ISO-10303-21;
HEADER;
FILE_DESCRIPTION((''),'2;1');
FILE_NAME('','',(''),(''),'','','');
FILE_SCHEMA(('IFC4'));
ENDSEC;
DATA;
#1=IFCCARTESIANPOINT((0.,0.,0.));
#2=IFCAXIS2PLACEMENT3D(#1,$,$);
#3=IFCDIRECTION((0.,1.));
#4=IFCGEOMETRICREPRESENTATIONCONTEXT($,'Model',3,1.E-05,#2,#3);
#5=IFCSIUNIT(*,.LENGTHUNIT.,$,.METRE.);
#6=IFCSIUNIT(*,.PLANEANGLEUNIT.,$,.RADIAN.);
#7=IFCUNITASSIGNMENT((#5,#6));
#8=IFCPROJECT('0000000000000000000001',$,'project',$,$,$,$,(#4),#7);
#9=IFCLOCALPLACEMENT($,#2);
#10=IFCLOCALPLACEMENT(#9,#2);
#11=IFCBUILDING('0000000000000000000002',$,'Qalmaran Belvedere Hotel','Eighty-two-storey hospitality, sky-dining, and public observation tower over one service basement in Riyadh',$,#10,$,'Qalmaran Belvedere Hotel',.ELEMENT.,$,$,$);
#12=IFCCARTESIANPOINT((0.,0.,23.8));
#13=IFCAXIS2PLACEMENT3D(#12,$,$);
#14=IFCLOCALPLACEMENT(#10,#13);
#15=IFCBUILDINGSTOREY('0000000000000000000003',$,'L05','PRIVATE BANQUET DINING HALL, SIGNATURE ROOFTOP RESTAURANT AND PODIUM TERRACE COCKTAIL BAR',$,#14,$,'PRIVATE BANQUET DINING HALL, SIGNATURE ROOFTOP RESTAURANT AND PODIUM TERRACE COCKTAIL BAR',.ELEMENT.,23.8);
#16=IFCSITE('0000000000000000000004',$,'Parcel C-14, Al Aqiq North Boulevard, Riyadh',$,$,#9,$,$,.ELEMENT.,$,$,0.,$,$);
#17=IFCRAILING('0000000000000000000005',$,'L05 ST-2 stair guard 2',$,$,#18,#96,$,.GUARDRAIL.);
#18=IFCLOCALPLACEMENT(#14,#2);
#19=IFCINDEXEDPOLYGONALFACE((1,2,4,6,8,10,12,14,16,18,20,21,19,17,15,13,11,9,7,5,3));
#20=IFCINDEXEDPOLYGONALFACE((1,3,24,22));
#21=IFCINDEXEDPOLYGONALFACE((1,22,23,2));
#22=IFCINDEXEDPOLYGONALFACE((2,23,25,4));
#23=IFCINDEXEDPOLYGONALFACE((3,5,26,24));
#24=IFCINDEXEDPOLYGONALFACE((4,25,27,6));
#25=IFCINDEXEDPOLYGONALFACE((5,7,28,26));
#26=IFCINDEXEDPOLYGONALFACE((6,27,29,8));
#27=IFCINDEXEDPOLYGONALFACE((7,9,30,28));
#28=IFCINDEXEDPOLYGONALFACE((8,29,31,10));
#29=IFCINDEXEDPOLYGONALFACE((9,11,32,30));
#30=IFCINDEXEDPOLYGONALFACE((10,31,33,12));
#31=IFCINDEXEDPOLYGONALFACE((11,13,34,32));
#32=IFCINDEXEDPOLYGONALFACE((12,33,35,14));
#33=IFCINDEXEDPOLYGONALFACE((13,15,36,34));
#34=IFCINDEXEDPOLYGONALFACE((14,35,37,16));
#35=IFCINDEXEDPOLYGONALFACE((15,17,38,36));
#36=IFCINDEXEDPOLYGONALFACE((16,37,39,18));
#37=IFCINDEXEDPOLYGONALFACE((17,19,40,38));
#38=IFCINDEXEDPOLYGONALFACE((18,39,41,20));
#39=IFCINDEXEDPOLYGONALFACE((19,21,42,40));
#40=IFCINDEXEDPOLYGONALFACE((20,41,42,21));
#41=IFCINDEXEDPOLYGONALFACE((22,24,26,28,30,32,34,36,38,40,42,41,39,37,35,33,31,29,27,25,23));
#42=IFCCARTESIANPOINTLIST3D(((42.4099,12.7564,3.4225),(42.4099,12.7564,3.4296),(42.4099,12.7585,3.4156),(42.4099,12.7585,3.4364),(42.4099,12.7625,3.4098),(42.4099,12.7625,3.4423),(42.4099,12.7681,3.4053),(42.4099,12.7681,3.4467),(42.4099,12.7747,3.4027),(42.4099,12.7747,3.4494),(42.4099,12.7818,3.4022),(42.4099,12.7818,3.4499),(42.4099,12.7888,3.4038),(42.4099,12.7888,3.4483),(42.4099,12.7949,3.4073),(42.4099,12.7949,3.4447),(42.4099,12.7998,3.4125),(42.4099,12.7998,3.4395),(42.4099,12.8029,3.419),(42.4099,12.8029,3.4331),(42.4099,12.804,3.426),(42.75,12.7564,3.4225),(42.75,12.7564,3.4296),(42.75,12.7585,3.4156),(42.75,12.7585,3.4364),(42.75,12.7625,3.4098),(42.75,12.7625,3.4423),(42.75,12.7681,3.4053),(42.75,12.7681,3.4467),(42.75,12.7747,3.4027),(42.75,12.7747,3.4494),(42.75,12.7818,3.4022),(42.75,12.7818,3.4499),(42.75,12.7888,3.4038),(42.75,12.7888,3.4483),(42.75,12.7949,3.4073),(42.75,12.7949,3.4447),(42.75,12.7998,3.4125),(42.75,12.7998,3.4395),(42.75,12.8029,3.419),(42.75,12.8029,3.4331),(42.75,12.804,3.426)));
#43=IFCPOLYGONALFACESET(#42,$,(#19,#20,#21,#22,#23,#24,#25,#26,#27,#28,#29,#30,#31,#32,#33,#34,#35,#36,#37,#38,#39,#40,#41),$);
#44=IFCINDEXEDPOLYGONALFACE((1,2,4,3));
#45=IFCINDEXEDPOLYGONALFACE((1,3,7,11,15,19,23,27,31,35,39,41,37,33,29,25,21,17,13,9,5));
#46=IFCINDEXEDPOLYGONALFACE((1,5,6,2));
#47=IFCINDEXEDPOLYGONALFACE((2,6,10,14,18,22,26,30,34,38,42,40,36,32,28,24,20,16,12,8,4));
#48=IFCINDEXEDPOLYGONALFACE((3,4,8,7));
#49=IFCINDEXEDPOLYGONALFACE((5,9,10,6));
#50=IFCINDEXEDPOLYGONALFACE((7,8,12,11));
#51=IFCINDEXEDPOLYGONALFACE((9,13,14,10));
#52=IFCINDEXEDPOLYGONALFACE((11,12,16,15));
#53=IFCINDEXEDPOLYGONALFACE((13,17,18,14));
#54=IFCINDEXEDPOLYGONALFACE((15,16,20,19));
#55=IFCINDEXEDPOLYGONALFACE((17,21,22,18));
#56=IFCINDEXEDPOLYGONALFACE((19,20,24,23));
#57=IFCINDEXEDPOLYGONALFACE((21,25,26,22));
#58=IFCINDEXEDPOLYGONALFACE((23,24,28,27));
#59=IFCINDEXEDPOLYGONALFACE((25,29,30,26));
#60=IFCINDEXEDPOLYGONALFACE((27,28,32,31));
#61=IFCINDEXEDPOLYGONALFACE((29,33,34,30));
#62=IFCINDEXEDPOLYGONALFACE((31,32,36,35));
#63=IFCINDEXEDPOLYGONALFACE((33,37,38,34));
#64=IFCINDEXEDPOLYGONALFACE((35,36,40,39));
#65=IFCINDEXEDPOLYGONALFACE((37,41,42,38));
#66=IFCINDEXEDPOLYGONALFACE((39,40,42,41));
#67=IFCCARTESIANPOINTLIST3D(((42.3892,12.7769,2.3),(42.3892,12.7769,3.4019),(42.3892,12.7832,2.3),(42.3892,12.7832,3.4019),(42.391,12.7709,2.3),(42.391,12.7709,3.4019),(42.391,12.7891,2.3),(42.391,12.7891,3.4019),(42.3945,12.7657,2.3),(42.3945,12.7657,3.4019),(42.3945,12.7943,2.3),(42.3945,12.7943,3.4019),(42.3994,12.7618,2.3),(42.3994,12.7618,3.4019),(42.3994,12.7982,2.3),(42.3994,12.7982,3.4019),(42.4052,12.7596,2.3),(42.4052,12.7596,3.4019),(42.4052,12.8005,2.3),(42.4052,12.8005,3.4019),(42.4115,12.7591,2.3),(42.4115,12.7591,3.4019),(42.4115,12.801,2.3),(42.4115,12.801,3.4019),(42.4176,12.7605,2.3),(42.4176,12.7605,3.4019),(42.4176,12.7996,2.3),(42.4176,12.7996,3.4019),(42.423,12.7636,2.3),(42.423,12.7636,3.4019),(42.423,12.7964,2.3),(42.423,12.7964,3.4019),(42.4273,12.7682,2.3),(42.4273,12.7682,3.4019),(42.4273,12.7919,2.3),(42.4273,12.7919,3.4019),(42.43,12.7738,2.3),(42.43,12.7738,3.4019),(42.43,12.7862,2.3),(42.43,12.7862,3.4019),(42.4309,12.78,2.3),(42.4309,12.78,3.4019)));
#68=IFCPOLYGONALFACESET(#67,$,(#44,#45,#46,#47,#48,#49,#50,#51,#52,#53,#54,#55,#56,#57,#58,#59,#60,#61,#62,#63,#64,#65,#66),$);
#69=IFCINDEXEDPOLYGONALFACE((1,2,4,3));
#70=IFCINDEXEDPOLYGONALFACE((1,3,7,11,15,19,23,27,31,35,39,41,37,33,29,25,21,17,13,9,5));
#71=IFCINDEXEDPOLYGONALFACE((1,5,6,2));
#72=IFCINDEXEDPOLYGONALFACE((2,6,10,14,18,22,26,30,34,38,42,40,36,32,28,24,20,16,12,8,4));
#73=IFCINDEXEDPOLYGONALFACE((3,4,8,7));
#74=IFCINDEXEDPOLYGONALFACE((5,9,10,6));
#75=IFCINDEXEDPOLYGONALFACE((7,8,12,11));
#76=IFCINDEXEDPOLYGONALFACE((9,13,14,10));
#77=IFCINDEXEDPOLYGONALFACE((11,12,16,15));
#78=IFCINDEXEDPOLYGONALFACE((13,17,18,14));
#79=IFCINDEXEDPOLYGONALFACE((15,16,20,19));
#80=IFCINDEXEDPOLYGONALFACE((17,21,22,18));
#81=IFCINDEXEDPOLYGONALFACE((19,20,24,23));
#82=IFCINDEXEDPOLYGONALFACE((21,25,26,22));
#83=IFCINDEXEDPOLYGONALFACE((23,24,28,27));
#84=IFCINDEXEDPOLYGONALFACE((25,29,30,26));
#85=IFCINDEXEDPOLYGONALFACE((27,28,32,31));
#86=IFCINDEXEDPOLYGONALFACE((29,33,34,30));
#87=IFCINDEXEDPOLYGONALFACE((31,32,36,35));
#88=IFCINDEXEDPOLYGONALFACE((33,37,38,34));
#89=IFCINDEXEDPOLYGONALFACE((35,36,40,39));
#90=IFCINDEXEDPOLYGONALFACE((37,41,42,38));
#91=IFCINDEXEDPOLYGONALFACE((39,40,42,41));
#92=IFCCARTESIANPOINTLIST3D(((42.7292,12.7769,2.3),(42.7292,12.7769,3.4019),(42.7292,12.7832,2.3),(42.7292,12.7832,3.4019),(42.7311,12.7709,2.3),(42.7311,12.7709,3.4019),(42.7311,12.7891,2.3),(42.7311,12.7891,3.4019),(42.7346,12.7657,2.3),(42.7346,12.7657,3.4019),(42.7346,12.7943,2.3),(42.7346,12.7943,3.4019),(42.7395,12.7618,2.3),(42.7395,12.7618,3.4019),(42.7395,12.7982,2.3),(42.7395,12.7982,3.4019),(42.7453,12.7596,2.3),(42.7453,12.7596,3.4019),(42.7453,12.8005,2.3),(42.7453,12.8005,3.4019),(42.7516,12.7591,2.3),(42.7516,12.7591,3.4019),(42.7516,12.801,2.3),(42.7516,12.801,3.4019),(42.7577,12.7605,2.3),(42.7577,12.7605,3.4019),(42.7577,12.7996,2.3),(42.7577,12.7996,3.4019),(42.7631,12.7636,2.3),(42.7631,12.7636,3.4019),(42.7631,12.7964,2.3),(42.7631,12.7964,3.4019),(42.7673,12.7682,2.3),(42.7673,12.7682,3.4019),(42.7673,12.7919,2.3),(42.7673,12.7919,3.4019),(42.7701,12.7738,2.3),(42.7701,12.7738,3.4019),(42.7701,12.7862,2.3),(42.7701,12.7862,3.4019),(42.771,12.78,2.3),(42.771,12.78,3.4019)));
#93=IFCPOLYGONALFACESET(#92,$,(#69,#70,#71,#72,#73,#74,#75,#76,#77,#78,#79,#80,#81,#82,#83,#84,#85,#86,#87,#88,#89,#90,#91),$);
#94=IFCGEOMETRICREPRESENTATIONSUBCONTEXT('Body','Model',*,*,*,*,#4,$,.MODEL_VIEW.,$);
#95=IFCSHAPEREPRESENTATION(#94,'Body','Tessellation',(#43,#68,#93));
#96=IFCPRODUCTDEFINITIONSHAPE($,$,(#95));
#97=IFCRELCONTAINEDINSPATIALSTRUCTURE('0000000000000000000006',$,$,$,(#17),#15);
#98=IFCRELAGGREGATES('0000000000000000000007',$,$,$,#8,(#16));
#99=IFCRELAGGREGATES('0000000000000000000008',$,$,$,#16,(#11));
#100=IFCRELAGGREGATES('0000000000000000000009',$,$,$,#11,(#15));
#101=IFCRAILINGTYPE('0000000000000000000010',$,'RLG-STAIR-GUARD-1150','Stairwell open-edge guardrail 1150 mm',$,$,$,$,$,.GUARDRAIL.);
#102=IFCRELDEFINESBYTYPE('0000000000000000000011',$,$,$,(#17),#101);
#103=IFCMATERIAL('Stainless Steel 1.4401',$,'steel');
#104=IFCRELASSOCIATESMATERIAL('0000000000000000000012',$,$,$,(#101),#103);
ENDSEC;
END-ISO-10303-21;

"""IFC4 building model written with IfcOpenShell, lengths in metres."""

from ifc_helpers import new_model, si_unit, direction, frame, origin, origin_2d, place, context, subcontext, project, spatial, circle, extrude, material, type_object, element, save


model = new_model("IFC4")

# Units and contexts
model_context = context("Model", 3, precision=1e-05, world=origin(), true_north=direction((0.0, 1.0)))
body_context = subcontext(model_context, "Body", "Model", "MODEL_VIEW")
ifc_project = project(units=[si_unit("LENGTHUNIT", "METRE"), si_unit("PLANEANGLEUNIT", "RADIAN")], contexts=[model_context])

# Site, building, storey
site_placement = place(None, origin())
site = spatial("IfcSite", under=ifc_project, at=site_placement, Name="Parcel C-14, Al Aqiq North Boulevard, Riyadh", CompositionType="ELEMENT", RefElevation=0.0)
building_placement = place(site_placement, origin())
building = spatial("IfcBuilding", under=site, at=building_placement, Name="Qalmaran Belvedere Hotel", Description="Eighty-two-storey hospitality, sky-dining, and public observation tower over one service basement in Riyadh", LongName="Qalmaran Belvedere Hotel", CompositionType="ELEMENT")
storey_placement = place(building_placement, frame((0.0, 0.0, 23.8)))
storey = spatial("IfcBuildingStorey", under=building, at=storey_placement, Name="L05", Description="PRIVATE BANQUET DINING HALL, SIGNATURE ROOFTOP RESTAURANT AND PODIUM TERRACE COCKTAIL BAR", LongName="PRIVATE BANQUET DINING HALL, SIGNATURE ROOFTOP RESTAURANT AND PODIUM TERRACE COCKTAIL BAR", CompositionType="ELEMENT", Elevation=23.8)

# Railing
ifc_material_1 = material(Name="Stainless Steel 1.4401", Category="steel")
railing_type_1 = type_object("IfcRailingType", Name="RLG-STAIR-GUARD-1150", Description="Stairwell open-edge guardrail 1150 mm", PredefinedType="GUARDRAIL", material=ifc_material_1)
railing_1_placement = place(storey_placement, frame((42.4099, 12.78, 2.3)))
element("IfcRailing", 1, at=railing_1_placement, inside=storey, type_object=railing_type_1, Name="L05 ST-2 stair guard 2", PredefinedType="GUARDRAIL", context=body_context, shape_type="SweptSolid", body=[
    extrude(circle(Radius=0.0239, at=origin_2d()), frame((0.0, 0.0, 1.126), z_axis=(1.0, 0.0, 0.0), x_axis=(0.0, 1.0, 0.0)), (0.0, 0.0, 1.0), 0.3401),
    extrude(circle(Radius=0.021, at=origin_2d()), origin(), (0.0, 0.0, 1.0), 1.1018),
    extrude(circle(Radius=0.021, at=origin_2d()), frame((0.3401, 0.0, 0.0)), (0.0, 0.0, 1.0), 1.1018),
])

save(model, "model.ifc")
